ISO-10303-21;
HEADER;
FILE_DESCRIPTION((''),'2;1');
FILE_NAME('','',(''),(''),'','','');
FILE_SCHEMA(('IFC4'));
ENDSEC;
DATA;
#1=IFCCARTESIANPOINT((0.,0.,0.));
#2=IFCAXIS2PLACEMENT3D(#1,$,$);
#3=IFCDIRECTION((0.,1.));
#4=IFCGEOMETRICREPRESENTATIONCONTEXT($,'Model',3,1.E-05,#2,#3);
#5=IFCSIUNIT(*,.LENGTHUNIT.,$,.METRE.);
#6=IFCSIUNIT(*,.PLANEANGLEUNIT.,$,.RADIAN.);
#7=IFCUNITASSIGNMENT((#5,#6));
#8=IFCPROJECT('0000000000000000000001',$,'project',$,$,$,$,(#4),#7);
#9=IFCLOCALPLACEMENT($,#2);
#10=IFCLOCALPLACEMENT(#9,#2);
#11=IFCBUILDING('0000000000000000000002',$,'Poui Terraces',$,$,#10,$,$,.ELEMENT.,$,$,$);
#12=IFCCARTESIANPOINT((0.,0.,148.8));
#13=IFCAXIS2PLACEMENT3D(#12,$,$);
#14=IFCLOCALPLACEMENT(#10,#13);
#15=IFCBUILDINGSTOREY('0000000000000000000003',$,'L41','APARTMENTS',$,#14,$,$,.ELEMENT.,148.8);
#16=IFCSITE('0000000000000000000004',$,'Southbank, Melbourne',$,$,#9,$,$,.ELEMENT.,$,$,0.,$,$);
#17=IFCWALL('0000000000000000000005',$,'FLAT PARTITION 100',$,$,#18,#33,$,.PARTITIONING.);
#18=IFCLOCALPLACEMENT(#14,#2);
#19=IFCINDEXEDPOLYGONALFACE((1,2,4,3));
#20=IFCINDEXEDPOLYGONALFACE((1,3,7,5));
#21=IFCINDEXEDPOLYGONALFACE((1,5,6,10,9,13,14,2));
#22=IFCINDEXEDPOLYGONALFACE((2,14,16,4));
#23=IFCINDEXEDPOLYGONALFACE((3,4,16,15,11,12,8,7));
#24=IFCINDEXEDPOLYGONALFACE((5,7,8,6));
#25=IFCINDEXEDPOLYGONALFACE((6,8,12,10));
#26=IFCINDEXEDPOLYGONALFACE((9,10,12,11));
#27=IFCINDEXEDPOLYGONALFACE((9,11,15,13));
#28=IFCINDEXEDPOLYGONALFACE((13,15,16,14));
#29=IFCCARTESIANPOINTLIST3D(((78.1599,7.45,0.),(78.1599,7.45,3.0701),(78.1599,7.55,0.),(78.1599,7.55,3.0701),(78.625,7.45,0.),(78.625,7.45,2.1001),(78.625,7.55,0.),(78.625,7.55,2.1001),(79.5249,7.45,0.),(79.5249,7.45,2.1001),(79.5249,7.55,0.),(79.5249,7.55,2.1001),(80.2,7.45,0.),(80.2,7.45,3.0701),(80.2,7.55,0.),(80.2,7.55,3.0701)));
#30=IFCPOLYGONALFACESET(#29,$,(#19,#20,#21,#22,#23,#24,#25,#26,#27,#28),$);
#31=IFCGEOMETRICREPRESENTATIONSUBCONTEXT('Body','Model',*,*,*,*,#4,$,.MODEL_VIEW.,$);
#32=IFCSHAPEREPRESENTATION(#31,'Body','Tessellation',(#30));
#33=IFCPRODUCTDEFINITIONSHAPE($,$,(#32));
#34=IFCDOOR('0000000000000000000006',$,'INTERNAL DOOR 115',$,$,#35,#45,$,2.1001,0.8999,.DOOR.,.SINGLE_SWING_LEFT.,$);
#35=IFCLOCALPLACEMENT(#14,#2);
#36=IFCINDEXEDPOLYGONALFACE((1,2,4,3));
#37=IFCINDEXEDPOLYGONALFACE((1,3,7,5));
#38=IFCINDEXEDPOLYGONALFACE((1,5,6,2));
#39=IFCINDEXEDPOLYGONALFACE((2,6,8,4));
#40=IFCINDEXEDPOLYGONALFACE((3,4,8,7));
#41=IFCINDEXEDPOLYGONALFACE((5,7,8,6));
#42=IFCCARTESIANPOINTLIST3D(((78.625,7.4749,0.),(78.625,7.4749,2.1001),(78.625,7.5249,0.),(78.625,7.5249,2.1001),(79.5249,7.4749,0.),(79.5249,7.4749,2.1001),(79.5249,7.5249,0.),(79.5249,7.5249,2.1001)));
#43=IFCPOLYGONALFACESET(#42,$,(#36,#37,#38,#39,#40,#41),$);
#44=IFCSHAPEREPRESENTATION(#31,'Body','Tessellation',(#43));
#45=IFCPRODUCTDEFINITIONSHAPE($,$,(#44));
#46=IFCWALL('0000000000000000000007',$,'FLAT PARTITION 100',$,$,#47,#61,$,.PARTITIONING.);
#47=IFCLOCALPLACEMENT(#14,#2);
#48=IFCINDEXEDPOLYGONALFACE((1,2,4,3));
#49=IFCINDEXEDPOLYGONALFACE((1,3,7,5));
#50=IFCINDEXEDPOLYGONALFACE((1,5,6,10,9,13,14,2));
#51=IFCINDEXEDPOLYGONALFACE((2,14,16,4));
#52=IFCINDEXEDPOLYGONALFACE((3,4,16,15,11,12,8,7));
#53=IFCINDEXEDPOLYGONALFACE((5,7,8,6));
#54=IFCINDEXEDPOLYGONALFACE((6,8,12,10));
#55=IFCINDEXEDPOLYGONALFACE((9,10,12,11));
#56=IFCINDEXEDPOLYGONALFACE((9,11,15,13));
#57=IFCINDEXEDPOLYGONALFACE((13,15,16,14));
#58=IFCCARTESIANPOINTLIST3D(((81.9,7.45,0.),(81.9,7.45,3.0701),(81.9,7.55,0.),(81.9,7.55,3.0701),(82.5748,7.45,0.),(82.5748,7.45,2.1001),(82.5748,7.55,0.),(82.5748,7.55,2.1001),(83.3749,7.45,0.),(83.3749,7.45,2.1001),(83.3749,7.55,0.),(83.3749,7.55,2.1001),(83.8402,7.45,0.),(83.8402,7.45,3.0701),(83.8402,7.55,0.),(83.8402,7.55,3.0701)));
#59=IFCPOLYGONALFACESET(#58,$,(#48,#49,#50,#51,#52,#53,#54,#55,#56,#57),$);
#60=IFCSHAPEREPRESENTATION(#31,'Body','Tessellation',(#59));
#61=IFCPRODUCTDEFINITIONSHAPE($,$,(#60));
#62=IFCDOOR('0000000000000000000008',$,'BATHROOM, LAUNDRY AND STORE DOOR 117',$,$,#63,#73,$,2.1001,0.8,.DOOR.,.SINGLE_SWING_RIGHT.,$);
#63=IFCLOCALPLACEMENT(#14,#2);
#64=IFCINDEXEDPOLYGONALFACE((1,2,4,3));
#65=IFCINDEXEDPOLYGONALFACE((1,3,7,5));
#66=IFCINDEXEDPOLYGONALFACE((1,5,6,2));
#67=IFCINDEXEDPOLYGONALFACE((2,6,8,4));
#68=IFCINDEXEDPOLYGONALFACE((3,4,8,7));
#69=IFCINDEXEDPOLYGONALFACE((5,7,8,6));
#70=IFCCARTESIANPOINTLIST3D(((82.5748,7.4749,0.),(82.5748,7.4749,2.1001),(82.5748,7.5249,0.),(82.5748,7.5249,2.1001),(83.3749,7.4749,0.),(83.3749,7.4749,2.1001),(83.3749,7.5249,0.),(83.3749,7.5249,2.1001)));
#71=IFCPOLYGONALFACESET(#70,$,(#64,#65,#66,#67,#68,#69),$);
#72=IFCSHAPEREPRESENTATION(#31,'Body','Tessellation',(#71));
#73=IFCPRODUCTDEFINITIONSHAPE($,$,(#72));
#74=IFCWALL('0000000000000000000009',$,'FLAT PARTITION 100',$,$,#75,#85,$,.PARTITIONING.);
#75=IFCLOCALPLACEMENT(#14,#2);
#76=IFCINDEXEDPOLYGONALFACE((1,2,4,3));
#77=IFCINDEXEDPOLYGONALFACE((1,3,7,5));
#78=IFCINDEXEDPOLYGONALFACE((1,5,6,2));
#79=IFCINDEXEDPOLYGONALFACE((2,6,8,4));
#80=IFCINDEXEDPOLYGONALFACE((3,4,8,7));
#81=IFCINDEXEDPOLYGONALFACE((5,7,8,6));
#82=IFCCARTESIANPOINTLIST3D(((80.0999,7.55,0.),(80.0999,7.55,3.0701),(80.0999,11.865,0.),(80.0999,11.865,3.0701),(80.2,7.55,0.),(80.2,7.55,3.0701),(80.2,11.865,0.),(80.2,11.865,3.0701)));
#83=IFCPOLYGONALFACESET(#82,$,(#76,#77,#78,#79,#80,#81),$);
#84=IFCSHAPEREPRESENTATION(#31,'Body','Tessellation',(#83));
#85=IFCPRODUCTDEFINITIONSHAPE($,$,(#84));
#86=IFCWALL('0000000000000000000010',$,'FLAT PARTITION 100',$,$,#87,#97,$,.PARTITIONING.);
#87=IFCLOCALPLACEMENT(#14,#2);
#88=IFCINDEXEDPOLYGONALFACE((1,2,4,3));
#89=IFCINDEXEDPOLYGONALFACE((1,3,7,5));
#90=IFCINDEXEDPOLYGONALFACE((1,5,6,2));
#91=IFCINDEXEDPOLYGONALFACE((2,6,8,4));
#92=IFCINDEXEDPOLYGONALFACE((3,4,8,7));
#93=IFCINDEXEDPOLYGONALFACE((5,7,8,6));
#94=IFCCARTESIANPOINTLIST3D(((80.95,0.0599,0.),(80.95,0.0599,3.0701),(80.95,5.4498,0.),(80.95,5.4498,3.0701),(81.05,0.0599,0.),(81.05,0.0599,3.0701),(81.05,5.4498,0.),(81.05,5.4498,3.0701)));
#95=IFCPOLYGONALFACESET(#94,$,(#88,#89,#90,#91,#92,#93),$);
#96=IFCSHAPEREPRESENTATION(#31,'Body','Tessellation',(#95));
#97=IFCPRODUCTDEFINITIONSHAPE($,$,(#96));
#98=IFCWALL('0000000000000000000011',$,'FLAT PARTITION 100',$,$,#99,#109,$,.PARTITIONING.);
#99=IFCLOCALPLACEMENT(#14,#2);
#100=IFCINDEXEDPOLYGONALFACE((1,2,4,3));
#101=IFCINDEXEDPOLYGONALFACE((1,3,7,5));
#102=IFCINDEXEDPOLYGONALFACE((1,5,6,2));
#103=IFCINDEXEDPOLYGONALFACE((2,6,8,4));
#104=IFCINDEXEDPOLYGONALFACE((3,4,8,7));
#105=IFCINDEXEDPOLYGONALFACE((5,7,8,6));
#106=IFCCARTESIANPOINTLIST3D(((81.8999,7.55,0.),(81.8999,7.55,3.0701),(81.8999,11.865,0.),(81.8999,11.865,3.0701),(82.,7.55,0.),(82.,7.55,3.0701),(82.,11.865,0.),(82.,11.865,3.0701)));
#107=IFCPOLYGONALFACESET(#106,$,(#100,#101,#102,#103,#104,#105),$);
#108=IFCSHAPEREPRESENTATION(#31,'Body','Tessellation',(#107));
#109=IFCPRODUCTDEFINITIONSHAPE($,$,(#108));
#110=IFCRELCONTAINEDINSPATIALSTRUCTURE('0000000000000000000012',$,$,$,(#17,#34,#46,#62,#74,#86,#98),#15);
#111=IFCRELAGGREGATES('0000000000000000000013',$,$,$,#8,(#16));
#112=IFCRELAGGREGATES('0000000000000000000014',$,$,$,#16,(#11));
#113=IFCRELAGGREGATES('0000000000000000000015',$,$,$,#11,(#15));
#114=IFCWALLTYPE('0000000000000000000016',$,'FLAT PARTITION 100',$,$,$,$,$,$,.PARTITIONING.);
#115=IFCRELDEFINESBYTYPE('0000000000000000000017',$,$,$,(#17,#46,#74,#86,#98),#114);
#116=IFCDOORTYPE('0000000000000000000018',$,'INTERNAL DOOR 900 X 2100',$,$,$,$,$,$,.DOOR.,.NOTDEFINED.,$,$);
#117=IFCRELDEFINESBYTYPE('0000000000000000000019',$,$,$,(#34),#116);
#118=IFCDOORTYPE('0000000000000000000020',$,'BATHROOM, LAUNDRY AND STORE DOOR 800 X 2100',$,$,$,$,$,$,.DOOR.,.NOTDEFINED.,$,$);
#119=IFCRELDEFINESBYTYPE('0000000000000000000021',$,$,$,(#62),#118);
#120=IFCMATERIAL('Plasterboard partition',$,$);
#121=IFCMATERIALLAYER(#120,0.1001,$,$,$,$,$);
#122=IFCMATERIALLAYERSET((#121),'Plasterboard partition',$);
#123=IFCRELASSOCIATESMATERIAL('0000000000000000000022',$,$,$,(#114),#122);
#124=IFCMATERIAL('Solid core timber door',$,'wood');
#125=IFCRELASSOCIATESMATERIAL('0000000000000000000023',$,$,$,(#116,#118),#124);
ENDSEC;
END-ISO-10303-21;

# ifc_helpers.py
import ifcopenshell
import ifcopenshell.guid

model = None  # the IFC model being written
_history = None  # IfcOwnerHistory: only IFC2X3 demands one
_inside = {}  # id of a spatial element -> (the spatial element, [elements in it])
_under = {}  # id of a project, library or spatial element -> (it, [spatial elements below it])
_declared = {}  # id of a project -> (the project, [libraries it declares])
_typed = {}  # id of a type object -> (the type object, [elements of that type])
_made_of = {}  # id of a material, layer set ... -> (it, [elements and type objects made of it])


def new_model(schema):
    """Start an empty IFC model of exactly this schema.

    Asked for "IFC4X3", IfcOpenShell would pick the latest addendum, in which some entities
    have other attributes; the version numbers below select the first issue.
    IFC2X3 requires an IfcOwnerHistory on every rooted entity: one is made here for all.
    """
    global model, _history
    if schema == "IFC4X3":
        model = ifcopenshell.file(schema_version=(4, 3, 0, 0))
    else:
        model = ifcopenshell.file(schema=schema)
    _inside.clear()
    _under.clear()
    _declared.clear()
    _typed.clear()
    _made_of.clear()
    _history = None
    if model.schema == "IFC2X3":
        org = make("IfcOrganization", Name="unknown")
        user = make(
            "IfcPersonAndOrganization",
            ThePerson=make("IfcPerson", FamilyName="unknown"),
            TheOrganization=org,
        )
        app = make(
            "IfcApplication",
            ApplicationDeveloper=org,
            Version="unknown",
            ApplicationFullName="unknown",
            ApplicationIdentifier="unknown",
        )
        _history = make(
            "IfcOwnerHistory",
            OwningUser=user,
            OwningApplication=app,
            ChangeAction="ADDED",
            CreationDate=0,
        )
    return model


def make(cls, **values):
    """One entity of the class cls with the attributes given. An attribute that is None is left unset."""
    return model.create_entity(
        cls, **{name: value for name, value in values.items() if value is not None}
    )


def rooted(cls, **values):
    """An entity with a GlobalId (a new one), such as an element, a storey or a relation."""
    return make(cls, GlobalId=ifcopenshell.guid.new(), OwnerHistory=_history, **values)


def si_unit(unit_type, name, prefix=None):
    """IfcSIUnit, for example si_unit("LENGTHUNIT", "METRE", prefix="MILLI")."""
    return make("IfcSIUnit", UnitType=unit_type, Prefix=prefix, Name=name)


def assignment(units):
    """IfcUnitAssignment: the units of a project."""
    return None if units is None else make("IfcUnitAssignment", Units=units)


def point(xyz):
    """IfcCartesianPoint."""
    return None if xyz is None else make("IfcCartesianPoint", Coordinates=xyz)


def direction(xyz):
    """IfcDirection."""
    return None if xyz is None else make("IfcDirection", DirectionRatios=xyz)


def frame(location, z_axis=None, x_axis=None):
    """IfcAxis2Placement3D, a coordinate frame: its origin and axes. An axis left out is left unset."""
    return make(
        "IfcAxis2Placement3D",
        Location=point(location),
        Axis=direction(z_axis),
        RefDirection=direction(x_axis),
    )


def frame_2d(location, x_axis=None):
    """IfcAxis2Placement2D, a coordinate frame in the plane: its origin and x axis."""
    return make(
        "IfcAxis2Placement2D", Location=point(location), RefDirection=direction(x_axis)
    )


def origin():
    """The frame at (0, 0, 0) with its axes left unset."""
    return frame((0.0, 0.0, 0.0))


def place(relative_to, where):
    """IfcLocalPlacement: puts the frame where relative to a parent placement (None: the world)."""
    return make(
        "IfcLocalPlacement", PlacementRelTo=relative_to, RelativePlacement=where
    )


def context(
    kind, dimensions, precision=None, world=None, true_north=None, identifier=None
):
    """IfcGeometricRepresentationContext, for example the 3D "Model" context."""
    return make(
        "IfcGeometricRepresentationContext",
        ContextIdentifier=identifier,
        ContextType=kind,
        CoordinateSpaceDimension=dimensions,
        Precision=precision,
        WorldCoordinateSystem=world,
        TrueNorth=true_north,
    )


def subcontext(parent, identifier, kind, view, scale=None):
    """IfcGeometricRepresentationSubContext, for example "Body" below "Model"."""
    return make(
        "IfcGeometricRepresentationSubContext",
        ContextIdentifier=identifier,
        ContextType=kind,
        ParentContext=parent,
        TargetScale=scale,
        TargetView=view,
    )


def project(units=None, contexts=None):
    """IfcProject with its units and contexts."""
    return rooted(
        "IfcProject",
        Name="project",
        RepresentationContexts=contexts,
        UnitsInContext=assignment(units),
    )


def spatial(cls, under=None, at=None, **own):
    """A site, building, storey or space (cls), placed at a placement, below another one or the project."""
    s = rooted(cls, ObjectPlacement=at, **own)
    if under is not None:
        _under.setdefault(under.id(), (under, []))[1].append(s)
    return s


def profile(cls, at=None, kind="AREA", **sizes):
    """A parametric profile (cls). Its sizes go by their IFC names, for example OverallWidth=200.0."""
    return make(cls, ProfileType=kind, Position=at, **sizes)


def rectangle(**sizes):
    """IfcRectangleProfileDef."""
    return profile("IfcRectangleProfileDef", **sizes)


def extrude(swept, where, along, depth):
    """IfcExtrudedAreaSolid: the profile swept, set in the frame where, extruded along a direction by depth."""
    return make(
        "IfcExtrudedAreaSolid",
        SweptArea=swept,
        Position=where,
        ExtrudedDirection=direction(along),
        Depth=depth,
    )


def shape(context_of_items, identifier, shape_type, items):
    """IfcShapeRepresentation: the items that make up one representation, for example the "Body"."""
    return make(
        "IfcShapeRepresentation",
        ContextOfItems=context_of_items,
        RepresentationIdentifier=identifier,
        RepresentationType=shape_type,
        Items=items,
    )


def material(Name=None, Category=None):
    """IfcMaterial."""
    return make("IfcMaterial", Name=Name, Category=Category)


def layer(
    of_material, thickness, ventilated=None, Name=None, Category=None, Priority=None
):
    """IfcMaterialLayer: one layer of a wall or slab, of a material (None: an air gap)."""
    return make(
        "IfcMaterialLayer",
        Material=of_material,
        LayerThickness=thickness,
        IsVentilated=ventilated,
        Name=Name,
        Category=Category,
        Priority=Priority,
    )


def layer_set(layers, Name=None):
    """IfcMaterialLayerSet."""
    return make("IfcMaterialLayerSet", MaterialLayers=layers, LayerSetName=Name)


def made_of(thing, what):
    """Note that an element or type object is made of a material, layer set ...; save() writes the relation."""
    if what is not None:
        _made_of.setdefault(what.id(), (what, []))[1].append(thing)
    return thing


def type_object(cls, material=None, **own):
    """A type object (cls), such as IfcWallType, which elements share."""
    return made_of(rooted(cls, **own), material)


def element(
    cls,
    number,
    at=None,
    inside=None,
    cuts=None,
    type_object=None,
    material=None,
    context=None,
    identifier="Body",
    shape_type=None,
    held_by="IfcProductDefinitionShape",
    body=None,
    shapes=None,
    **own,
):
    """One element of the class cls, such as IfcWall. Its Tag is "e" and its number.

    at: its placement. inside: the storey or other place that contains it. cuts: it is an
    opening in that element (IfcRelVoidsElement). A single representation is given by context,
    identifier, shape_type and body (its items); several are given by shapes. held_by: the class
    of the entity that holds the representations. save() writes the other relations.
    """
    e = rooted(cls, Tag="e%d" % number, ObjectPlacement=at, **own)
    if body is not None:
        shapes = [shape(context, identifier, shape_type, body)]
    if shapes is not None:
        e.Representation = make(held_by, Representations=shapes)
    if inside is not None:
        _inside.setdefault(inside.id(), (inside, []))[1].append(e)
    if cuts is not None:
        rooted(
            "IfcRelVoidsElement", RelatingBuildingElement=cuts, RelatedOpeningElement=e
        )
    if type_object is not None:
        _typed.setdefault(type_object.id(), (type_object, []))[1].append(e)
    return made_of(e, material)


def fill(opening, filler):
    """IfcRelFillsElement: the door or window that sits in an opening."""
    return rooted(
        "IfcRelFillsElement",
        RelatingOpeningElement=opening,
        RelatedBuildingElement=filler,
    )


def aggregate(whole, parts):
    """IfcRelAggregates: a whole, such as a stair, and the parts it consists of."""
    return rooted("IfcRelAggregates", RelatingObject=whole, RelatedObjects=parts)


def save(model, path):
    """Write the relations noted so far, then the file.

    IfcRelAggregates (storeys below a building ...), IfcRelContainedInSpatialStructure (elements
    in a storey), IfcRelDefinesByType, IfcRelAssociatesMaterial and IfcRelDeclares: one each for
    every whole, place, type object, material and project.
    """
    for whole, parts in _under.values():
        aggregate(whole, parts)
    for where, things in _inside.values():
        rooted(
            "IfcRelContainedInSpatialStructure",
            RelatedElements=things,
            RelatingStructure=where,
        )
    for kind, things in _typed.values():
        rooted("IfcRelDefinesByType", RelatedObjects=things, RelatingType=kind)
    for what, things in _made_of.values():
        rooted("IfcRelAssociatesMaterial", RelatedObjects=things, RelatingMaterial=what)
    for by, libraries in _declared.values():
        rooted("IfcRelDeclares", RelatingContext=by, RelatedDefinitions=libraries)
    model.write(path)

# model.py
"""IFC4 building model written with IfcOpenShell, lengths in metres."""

from ifc_helpers import new_model, si_unit, direction, frame, frame_2d, origin, place, context, subcontext, project, spatial, rectangle, extrude, material, layer, layer_set, type_object, element, fill, save


model = new_model("IFC4")

# Units and contexts
model_context = context("Model", 3, precision=1e-05, world=origin(), true_north=direction((0.0, 1.0)))
body_context = subcontext(model_context, "Body", "Model", "MODEL_VIEW")
ifc_project = project(units=[si_unit("LENGTHUNIT", "METRE"), si_unit("PLANEANGLEUNIT", "RADIAN")], contexts=[model_context])

# Site, building, storey
site_placement = place(None, origin())
site = spatial("IfcSite", under=ifc_project, at=site_placement, Name="Southbank, Melbourne", CompositionType="ELEMENT", RefElevation=0.0)
building_placement = place(site_placement, origin())
building = spatial("IfcBuilding", under=site, at=building_placement, Name="Poui Terraces", CompositionType="ELEMENT")
storey_placement = place(building_placement, frame((0.0, 0.0, 148.8)))
storey = spatial("IfcBuildingStorey", under=building, at=storey_placement, Name="L41", Description="APARTMENTS", CompositionType="ELEMENT", Elevation=148.8)

# Shared definitions
ifc_material_1 = material(Name="Solid core timber door", Category="wood")

# Walls, openings, doors
ifc_material_2 = material(Name="Plasterboard partition")
ifc_layer_1 = layer(ifc_material_2, 0.1001)
ifc_layer_set_1 = layer_set([ifc_layer_1], Name="Plasterboard partition")
wall_type_1 = type_object("IfcWallType", Name="FLAT PARTITION 100", PredefinedType="PARTITIONING", material=ifc_layer_set_1)
door_type_1 = type_object("IfcDoorType", Name="INTERNAL DOOR 900 X 2100", OperationType="NOTDEFINED", PredefinedType="DOOR", material=ifc_material_1)
wall_1_placement = place(storey_placement, frame((78.1599, 7.5, 0.0), z_axis=(0.0, 0.0, 1.0), x_axis=(1.0, 0.0, 0.0)))
wall_1 = element("IfcWall", 1, at=wall_1_placement, inside=storey, type_object=wall_type_1, Name="FLAT PARTITION 100", PredefinedType="PARTITIONING", context=body_context, shape_type="SweptSolid", body=[
    extrude(rectangle(XDim=2.04, YDim=0.1001, at=frame_2d((1.02, 0.0))), origin(), (0.0, 0.0, 1.0), 3.0701),
])
opening_1_placement = place(wall_1_placement, frame((0.4651, 0.0, 0.0)))
opening_1 = element("IfcOpeningElement", 2, at=opening_1_placement, cuts=wall_1, PredefinedType="OPENING", context=body_context, shape_type="SweptSolid", body=[
    extrude(rectangle(XDim=0.8999, YDim=2.1001, at=frame_2d((0.45, 1.05))), frame((0.0, 0.0601, 0.0), z_axis=(0.0, -1.0, 0.0), x_axis=(1.0, 0.0, 0.0)), (0.0, 0.0, 1.0), 0.1201),
])
door_1_placement = place(opening_1_placement, origin())
door_1 = element("IfcDoor", 3, at=door_1_placement, inside=storey, type_object=door_type_1, Name="INTERNAL DOOR 115", OperationType="SINGLE_SWING_LEFT", OverallHeight=2.1001, OverallWidth=0.8999, PredefinedType="DOOR", context=body_context, shape_type="SweptSolid", body=[
    extrude(rectangle(XDim=0.8999, YDim=2.1001, at=frame_2d((0.45, 1.05))), frame((0.0, 0.0249, 0.0), z_axis=(0.0, -1.0, 0.0), x_axis=(1.0, 0.0, 0.0)), (0.0, 0.0, 1.0), 0.05),
])
fill(opening_1, door_1)
wall_2_placement = place(storey_placement, frame((81.8999, 7.5, 0.0), z_axis=(0.0, 0.0, 1.0), x_axis=(1.0, 0.0, 0.0)))
wall_2 = element("IfcWall", 4, at=wall_2_placement, inside=storey, type_object=wall_type_1, Name="FLAT PARTITION 100", PredefinedType="PARTITIONING", context=body_context, shape_type="SweptSolid", body=[
    extrude(rectangle(XDim=1.9402, YDim=0.1001, at=frame_2d((0.9702, 0.0))), origin(), (0.0, 0.0, 1.0), 3.0701),
])
opening_2_placement = place(wall_2_placement, frame((0.675, 0.0, 0.0)))
opening_2 = element("IfcOpeningElement", 5, at=opening_2_placement, cuts=wall_2, PredefinedType="OPENING", context=body_context, shape_type="SweptSolid", body=[
    extrude(rectangle(XDim=0.8, YDim=2.1001, at=frame_2d((0.3999, 1.05))), frame((0.0, 0.0601, 0.0), z_axis=(0.0, -1.0, 0.0), x_axis=(1.0, 0.0, 0.0)), (0.0, 0.0, 1.0), 0.1201),
])
door_type_2 = type_object("IfcDoorType", Name="BATHROOM, LAUNDRY AND STORE DOOR 800 X 2100", OperationType="NOTDEFINED", PredefinedType="DOOR", material=ifc_material_1)
door_2_placement = place(opening_2_placement, origin())
door_2 = element("IfcDoor", 6, at=door_2_placement, inside=storey, type_object=door_type_2, Name="BATHROOM, LAUNDRY AND STORE DOOR 117", OperationType="SINGLE_SWING_RIGHT", OverallHeight=2.1001, OverallWidth=0.8, PredefinedType="DOOR", context=body_context, shape_type="SweptSolid", body=[
    extrude(rectangle(XDim=0.8, YDim=2.1001, at=frame_2d((0.3999, 1.05))), frame((0.0, 0.0249, 0.0), z_axis=(0.0, -1.0, 0.0), x_axis=(1.0, 0.0, 0.0)), (0.0, 0.0, 1.0), 0.05),
])
fill(opening_2, door_2)

# Walls
wall_3_placement = place(storey_placement, frame((80.1499, 7.55, 0.0), z_axis=(0.0, 0.0, 1.0), x_axis=(0.0, 1.0, 0.0)))
element("IfcWall", 7, at=wall_3_placement, inside=storey, type_object=wall_type_1, Name="FLAT PARTITION 100", PredefinedType="PARTITIONING", context=body_context, shape_type="SweptSolid", body=[
    extrude(rectangle(XDim=4.3149, YDim=0.1001, at=frame_2d((2.1575, 0.0))), origin(), (0.0, 0.0, 1.0), 3.0701),
])
wall_4_placement = place(storey_placement, frame((81.0, 0.0601, 0.0), z_axis=(0.0, 0.0, 1.0), x_axis=(0.0, 1.0, 0.0)))
element("IfcWall", 8, at=wall_4_placement, inside=storey, type_object=wall_type_1, Name="FLAT PARTITION 100", PredefinedType="PARTITIONING", context=body_context, shape_type="SweptSolid", body=[
    extrude(rectangle(XDim=5.3899, YDim=0.1001, at=frame_2d((2.6948, 0.0))), origin(), (0.0, 0.0, 1.0), 3.0701),
])
wall_5_placement = place(storey_placement, frame((81.95, 7.55, 0.0), z_axis=(0.0, 0.0, 1.0), x_axis=(0.0, 1.0, 0.0)))
element("IfcWall", 9, at=wall_5_placement, inside=storey, type_object=wall_type_1, Name="FLAT PARTITION 100", PredefinedType="PARTITIONING", context=body_context, shape_type="SweptSolid", body=[
    extrude(rectangle(XDim=4.3149, YDim=0.1001, at=frame_2d((2.1575, 0.0))), origin(), (0.0, 0.0, 1.0), 3.0701),
])

save(model, "model.ifc")
